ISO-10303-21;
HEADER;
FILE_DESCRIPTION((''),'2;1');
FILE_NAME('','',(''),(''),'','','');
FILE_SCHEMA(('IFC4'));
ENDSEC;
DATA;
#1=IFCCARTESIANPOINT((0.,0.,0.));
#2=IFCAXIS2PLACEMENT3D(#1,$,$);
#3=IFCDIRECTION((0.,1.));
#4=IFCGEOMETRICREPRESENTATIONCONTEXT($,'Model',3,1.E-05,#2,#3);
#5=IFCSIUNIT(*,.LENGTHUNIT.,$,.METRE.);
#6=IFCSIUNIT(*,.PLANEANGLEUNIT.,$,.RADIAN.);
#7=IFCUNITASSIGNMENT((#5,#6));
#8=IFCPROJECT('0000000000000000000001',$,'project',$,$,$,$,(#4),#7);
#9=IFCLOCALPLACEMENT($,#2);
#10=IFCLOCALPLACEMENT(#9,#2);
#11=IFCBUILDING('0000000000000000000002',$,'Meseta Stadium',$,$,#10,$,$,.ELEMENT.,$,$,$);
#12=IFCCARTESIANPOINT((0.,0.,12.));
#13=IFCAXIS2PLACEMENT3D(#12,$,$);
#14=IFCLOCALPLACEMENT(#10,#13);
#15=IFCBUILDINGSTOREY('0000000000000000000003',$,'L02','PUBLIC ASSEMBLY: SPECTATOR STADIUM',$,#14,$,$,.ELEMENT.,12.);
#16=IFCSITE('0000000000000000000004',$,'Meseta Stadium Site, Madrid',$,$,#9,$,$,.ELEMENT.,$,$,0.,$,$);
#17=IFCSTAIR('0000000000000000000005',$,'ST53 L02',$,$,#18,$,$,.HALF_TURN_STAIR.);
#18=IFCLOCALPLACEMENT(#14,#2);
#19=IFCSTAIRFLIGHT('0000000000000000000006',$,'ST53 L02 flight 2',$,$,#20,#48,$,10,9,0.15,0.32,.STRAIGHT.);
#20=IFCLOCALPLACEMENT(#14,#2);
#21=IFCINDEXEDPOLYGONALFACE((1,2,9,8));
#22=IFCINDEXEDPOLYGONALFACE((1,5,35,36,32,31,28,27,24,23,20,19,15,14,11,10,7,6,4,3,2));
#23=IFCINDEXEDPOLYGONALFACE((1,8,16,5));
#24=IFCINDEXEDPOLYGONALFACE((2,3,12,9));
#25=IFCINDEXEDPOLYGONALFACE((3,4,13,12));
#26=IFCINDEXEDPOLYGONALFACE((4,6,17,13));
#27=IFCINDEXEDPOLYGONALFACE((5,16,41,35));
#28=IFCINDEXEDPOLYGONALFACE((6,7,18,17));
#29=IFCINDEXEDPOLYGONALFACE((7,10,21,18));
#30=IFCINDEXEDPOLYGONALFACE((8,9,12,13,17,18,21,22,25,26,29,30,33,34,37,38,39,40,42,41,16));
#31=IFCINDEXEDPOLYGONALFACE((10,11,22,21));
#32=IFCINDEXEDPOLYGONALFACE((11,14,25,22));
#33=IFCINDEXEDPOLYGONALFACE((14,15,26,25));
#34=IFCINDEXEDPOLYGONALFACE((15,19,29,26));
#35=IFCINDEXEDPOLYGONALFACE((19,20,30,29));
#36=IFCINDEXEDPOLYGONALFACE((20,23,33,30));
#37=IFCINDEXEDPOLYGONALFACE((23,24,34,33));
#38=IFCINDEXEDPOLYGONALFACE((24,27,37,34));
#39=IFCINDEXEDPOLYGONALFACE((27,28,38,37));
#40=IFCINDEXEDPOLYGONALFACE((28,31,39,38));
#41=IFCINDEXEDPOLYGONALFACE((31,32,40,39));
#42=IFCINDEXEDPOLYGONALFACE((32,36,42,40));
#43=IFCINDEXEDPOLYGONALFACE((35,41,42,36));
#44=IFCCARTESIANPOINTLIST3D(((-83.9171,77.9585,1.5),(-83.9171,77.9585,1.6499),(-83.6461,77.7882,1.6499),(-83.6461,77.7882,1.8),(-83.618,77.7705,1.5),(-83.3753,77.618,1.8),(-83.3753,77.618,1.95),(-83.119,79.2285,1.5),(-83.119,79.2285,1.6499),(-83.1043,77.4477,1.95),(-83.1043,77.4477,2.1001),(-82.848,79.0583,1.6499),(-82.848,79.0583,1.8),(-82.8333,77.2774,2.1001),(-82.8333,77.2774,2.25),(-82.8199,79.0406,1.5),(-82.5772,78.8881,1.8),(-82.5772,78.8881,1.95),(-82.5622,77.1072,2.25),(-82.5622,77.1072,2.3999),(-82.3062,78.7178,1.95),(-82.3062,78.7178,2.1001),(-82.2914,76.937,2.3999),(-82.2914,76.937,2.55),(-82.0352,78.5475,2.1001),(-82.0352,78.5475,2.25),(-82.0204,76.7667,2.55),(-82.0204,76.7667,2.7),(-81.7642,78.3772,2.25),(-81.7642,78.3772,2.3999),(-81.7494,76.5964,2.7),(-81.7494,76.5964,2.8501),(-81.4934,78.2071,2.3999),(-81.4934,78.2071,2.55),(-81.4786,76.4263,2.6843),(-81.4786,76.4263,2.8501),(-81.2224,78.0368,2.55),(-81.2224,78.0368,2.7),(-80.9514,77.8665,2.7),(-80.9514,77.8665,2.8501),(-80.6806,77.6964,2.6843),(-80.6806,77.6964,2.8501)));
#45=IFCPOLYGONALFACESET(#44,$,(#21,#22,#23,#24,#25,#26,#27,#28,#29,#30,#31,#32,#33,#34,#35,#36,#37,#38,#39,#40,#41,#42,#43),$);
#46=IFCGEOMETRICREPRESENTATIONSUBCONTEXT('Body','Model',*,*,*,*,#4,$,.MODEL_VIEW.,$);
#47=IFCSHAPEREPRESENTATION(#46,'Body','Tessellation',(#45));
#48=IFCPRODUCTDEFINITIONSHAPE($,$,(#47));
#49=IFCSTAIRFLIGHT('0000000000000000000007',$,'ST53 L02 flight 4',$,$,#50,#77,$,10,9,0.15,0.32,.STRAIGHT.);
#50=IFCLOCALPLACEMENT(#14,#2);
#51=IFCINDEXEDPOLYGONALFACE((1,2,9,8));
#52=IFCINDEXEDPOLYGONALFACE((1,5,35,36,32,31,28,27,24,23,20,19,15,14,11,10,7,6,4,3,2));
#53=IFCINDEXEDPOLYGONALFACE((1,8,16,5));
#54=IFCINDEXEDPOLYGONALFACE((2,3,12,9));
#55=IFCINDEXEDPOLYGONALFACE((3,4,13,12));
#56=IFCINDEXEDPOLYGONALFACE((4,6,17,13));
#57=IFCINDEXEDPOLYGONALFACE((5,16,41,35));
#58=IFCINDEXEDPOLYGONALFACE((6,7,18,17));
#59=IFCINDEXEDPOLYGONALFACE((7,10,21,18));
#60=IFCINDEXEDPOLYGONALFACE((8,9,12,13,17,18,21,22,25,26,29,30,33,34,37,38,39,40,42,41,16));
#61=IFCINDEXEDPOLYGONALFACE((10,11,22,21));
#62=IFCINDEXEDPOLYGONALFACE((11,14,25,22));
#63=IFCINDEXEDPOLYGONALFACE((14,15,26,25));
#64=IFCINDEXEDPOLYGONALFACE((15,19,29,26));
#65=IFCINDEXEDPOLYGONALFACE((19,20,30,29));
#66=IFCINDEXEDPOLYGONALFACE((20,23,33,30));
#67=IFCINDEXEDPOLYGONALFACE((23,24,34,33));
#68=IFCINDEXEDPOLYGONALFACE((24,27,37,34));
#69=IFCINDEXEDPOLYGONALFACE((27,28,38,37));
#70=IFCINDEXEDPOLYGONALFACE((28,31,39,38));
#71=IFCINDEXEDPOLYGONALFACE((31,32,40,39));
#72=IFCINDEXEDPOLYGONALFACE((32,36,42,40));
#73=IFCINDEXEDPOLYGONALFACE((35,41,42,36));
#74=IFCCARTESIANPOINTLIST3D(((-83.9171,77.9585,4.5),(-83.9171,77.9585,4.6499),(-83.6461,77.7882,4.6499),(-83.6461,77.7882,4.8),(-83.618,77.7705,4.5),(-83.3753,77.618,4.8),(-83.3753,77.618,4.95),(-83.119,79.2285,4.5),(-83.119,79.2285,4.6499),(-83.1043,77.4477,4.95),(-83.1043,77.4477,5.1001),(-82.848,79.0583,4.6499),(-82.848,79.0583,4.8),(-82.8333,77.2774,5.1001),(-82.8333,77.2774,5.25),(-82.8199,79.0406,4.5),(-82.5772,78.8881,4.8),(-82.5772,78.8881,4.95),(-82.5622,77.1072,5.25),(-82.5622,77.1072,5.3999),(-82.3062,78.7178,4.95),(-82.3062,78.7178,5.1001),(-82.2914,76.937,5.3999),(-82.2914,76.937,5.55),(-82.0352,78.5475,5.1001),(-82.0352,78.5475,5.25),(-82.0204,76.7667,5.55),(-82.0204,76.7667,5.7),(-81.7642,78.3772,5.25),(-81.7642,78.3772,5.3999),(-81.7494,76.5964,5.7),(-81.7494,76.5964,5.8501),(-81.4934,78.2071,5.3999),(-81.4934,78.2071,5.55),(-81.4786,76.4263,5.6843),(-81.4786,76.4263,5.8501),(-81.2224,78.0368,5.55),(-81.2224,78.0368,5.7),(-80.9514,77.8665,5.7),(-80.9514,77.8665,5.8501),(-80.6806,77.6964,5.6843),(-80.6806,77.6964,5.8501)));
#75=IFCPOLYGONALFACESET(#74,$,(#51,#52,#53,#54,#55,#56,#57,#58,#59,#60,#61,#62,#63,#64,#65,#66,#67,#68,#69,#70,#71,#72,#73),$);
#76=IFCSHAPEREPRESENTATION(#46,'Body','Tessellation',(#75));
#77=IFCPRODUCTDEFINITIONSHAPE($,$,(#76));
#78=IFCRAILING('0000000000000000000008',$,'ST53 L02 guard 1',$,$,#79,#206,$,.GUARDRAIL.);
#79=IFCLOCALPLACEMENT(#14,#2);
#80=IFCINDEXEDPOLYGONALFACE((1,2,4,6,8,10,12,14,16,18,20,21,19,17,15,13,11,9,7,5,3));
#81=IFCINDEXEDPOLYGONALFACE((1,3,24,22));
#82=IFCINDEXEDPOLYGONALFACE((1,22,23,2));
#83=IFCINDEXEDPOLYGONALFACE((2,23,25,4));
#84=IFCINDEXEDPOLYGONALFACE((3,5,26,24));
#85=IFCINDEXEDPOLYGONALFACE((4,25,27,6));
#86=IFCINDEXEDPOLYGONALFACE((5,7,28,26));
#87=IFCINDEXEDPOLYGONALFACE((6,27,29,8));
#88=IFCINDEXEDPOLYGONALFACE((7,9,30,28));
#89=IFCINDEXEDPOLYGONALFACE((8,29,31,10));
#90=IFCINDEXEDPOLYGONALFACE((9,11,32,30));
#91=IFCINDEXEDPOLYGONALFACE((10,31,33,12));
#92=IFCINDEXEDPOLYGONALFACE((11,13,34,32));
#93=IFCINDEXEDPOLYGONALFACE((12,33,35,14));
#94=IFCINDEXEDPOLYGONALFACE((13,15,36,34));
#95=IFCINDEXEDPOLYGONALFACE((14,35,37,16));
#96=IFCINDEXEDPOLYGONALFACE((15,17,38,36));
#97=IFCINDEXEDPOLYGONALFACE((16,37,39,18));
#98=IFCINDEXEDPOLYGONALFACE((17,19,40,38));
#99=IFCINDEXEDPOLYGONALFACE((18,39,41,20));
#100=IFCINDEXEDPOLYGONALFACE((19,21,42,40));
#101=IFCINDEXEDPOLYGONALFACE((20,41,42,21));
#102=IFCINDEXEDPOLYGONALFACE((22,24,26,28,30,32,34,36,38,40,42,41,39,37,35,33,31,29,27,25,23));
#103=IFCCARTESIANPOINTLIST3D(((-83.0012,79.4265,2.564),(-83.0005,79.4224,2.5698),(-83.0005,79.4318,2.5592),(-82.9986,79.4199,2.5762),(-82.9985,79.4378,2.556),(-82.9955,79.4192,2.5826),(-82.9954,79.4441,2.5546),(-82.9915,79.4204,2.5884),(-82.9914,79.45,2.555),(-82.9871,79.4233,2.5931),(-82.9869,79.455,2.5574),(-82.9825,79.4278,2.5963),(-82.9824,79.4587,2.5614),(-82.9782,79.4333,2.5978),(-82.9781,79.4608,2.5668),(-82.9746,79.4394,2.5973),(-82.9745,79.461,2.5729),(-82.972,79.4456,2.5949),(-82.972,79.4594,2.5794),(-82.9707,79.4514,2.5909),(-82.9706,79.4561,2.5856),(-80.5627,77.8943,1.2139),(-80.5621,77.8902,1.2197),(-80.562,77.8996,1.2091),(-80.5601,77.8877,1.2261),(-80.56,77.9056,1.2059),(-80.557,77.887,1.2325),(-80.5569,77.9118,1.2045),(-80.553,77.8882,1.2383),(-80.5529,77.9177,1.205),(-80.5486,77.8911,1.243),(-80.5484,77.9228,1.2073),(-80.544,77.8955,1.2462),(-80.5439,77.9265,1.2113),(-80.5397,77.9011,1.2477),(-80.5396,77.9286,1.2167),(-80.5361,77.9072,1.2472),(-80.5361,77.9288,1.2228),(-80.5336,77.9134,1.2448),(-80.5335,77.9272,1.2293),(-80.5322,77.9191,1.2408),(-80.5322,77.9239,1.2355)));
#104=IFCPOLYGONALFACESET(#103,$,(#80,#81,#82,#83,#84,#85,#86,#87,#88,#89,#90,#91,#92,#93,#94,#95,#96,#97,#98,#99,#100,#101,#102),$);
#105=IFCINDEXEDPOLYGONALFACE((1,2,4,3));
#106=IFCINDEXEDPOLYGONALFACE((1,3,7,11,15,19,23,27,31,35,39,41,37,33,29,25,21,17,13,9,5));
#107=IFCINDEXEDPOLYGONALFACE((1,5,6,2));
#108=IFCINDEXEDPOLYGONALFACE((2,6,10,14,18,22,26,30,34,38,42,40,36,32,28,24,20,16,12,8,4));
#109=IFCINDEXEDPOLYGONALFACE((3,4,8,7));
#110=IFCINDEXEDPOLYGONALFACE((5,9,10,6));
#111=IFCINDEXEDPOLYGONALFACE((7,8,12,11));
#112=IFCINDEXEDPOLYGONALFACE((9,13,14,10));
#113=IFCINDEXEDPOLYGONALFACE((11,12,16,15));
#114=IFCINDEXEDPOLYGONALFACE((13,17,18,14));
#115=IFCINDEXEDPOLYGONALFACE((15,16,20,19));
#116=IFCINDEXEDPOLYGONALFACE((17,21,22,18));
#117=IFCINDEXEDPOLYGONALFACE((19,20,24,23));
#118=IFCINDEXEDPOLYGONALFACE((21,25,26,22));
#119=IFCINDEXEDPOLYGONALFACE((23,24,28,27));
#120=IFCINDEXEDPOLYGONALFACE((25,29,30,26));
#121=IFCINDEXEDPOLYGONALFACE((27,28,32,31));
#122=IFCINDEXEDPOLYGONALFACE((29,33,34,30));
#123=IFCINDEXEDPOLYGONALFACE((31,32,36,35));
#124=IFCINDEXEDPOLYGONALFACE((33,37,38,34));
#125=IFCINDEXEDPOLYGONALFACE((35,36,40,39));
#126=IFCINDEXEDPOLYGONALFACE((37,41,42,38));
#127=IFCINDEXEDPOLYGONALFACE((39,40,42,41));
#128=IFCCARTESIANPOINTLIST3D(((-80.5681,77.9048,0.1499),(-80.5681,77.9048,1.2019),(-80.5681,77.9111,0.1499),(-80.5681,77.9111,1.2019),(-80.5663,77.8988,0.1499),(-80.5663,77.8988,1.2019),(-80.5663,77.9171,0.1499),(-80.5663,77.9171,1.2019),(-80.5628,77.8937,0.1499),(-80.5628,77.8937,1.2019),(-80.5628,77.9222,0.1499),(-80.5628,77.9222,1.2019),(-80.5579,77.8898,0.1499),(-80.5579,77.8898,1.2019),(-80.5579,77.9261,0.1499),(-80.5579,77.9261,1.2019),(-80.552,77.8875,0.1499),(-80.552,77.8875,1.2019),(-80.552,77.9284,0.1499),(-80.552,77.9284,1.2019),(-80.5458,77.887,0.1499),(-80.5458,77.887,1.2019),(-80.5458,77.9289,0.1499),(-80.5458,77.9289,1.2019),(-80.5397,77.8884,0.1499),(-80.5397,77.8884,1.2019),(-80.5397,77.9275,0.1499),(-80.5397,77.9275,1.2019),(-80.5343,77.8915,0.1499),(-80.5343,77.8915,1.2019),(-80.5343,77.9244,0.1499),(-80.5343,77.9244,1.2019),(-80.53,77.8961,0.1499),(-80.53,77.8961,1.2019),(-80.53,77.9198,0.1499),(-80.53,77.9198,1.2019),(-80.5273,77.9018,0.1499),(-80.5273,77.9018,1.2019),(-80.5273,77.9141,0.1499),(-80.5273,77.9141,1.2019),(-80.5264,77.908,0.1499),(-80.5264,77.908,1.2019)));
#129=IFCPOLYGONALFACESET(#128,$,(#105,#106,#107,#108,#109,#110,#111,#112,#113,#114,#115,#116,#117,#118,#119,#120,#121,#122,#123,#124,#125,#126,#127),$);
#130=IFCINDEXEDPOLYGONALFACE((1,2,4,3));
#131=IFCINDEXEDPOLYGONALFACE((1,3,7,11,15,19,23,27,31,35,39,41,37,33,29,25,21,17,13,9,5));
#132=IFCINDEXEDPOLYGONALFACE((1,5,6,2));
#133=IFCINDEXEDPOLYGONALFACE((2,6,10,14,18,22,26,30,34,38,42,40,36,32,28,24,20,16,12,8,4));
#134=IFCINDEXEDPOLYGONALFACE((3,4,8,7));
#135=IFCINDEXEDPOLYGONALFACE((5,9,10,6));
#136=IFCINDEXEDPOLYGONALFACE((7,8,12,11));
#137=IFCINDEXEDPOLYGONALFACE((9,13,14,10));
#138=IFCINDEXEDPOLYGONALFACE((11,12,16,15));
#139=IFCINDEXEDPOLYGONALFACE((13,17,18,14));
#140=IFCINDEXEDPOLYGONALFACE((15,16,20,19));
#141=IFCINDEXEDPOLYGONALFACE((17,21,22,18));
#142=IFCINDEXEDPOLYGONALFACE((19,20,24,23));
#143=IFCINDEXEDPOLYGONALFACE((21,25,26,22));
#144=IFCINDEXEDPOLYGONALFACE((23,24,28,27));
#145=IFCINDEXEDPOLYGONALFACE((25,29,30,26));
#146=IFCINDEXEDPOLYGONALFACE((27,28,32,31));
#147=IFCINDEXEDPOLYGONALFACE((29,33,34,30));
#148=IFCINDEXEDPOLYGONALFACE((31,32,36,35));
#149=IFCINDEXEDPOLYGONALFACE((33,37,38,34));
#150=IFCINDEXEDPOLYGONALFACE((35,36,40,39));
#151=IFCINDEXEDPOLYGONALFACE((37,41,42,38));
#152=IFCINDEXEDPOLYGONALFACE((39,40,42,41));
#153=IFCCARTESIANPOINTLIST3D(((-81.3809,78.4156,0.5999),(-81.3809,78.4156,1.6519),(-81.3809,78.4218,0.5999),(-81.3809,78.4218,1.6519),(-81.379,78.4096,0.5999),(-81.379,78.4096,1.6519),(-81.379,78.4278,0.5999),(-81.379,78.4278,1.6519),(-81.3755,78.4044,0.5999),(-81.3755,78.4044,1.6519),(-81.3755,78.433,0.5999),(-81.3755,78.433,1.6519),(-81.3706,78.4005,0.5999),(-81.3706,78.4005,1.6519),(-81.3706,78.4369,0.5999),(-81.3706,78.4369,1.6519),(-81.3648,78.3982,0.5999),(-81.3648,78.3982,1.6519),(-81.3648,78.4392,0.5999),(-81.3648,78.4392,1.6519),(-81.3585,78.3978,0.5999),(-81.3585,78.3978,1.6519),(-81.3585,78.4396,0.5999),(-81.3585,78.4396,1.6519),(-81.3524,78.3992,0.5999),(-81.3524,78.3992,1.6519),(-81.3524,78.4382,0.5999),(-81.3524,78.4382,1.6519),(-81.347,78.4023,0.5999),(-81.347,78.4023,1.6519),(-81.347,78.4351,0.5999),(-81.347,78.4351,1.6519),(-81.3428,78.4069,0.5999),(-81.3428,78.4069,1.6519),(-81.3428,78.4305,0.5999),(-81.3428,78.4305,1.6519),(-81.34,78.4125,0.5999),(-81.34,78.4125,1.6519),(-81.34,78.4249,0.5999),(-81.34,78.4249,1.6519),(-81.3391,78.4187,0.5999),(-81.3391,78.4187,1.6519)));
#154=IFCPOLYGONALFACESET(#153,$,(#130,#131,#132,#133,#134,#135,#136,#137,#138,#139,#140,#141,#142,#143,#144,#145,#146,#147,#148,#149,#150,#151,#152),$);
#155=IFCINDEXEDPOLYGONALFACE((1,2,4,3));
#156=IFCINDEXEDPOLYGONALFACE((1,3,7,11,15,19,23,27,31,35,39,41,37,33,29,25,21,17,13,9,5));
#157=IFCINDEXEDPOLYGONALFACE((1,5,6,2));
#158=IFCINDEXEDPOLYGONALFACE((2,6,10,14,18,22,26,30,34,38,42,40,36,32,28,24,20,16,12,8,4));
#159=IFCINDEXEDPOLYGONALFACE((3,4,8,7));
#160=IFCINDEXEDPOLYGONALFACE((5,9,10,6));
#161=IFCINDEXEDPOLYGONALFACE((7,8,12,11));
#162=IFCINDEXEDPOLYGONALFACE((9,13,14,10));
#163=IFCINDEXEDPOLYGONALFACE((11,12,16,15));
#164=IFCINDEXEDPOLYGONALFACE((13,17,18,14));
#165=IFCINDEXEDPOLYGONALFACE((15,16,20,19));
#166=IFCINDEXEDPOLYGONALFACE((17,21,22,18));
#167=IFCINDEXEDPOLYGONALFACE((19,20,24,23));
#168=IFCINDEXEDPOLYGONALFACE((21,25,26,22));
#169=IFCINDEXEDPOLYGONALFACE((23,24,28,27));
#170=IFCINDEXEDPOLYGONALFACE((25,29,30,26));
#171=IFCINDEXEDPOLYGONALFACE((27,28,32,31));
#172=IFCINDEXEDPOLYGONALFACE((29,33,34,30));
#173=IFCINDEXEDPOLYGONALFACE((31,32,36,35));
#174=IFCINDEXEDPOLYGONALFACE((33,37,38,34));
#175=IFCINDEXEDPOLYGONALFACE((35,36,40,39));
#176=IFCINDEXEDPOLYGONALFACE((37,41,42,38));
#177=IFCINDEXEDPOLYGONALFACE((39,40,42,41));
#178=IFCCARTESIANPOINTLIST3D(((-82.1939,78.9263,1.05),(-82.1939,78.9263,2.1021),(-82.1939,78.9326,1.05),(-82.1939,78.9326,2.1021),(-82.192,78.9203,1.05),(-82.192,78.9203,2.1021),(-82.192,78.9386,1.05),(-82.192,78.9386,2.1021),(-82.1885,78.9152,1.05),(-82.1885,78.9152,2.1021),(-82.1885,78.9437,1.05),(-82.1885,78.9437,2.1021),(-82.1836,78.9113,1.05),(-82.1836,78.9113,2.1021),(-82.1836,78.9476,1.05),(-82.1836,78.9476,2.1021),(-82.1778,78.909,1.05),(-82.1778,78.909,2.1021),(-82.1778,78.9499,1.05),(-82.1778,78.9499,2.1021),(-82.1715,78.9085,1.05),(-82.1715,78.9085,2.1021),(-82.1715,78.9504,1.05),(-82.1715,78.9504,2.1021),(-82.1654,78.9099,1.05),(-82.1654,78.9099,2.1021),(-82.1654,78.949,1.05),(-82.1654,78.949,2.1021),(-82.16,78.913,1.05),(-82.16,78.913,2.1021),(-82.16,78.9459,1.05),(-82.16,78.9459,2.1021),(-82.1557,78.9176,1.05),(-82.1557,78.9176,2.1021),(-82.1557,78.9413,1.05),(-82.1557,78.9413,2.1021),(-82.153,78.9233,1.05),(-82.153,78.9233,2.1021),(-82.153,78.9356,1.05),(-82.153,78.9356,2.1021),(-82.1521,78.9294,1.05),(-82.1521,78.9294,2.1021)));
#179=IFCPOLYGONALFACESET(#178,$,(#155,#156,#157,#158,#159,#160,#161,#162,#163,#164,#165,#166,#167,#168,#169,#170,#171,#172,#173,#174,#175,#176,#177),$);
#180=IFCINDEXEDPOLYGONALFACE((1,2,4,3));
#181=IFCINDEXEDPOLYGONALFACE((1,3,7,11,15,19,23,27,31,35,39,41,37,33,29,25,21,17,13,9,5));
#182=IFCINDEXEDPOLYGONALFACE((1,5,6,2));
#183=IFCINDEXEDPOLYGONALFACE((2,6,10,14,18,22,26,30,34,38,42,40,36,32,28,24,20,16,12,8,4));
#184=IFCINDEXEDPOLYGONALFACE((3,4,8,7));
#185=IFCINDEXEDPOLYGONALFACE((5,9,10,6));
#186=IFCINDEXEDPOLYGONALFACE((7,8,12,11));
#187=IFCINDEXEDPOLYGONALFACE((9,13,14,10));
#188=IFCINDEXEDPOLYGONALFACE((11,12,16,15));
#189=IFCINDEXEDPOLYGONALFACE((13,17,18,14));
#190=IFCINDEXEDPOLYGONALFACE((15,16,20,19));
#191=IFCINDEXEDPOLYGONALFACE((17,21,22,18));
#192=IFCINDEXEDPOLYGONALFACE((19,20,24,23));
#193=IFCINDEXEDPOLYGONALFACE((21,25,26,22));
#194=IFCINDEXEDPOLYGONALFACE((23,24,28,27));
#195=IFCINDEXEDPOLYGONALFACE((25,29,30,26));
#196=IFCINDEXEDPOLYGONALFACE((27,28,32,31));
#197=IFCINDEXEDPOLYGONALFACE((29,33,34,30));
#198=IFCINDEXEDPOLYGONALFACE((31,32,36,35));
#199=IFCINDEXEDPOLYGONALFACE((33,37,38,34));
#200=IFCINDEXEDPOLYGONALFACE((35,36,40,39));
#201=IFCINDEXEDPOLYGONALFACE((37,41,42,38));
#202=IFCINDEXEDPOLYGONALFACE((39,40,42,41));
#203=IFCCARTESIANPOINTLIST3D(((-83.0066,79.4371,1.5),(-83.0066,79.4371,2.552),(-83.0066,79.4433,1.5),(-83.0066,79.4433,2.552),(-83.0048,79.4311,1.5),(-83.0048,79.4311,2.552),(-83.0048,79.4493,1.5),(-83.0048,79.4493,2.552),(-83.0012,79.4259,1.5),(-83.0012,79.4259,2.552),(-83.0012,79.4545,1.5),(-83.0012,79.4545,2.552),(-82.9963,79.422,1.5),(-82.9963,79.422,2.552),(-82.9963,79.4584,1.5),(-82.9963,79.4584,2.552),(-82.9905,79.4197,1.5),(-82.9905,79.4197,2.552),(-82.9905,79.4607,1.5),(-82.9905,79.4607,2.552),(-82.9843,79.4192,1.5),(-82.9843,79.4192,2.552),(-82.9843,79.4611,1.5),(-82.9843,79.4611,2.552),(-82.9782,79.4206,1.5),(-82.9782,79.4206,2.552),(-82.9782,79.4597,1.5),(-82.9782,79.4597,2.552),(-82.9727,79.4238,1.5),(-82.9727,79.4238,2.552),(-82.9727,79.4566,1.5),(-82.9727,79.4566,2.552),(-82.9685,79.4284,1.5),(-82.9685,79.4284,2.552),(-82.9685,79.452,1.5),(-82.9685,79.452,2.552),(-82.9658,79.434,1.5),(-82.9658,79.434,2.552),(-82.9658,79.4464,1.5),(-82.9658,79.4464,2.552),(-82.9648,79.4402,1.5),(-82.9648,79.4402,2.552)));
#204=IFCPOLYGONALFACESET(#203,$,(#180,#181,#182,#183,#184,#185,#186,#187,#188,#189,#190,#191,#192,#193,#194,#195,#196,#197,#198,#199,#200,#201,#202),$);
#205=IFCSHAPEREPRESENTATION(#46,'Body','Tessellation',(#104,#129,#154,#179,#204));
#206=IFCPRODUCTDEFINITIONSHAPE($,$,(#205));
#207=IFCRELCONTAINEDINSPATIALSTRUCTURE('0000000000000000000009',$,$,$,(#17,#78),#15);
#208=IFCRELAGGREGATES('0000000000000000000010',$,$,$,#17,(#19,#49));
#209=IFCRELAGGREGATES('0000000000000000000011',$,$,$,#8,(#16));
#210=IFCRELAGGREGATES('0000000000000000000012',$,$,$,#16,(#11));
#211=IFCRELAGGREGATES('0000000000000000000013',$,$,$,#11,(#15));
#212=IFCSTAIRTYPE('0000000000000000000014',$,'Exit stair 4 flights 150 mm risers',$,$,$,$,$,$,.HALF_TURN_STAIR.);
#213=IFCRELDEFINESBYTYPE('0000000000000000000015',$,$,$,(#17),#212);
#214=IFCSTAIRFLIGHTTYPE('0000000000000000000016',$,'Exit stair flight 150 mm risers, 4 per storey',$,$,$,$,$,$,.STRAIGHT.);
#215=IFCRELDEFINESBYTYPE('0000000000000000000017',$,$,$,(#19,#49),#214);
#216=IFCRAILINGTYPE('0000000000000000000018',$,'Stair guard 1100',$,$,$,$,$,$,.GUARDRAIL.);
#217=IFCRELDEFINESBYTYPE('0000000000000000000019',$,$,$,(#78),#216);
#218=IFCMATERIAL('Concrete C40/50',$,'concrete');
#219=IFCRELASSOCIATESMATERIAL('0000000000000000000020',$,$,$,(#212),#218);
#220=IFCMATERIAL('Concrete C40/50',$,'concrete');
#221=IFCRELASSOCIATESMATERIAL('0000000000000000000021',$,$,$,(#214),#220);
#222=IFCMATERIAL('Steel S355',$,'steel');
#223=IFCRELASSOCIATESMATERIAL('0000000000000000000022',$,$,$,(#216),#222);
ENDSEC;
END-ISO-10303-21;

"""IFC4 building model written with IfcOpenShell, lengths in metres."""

from ifc_helpers import new_model, si_unit, direction, frame, origin, origin_2d, place, context, subcontext, project, spatial, polyline, circle, outline, extrude, material, type_object, element, aggregate, save


model = new_model("IFC4")

# Units and contexts
model_context = context("Model", 3, precision=1e-05, world=origin(), true_north=direction((0.0, 1.0)))
body_context = subcontext(model_context, "Body", "Model", "MODEL_VIEW")
ifc_project = project(units=[si_unit("LENGTHUNIT", "METRE"), si_unit("PLANEANGLEUNIT", "RADIAN")], contexts=[model_context])

# Site, building, storey
site_placement = place(None, origin())
site = spatial("IfcSite", under=ifc_project, at=site_placement, Name="Meseta Stadium Site, Madrid", CompositionType="ELEMENT", RefElevation=0.0)
building_placement = place(site_placement, origin())
building = spatial("IfcBuilding", under=site, at=building_placement, Name="Meseta Stadium", CompositionType="ELEMENT")
storey_placement = place(building_placement, frame((0.0, 0.0, 12.0)))
storey = spatial("IfcBuildingStorey", under=building, at=storey_placement, Name="L02", Description="PUBLIC ASSEMBLY: SPECTATOR STADIUM", CompositionType="ELEMENT", Elevation=12.0)

# Stair, stair flights
ifc_material_1 = material(Name="Concrete C40/50", Category="concrete")
stair_type = type_object("IfcStairType", Name="Exit stair 4 flights 150 mm risers", PredefinedType="HALF_TURN_STAIR", material=ifc_material_1)
stair_placement = place(storey_placement, origin())
stair = element("IfcStair", 1, at=stair_placement, inside=storey, type_object=stair_type, Name="ST53 L02", PredefinedType="HALF_TURN_STAIR")
ifc_material_2 = material(Name="Concrete C40/50", Category="concrete")
stair_flight_type = type_object("IfcStairFlightType", Name="Exit stair flight 150 mm risers, 4 per storey", PredefinedType="STRAIGHT", material=ifc_material_2)
stair_flight_1_placement = place(storey_placement, frame((-83.5181, 78.5935, 1.5), z_axis=(0.0, 0.0, 1.0), x_axis=(0.846724, -0.532032, 0.0)))
stair_flight_1 = element("IfcStairFlight", 2, at=stair_flight_1_placement, type_object=stair_flight_type, Name="ST53 L02 flight 2", NumberOfRisers=10, NumberOfTreads=9, PredefinedType="STRAIGHT", RiserHeight=0.15, TreadLength=0.32, context=body_context, shape_type="SweptSolid", body=[
    extrude(outline(polyline([(0.0, 0.0), (0.0, 0.1499), (0.3201, 0.1499), (0.3201, 0.3), (0.6399, 0.3), (0.6399, 0.45), (0.96, 0.45), (0.96, 0.6001), (1.28, 0.6001), (1.28, 0.75), (1.6001, 0.75), (1.6001, 0.8999), (1.9199, 0.8999), (1.9199, 1.05), (2.24, 1.05), (2.24, 1.2), (2.5601, 1.2), (2.5601, 1.3501), (2.8799, 1.3501), (2.8799, 1.1843), (0.3533, 0.0), (0.0, 0.0)])), frame((0.0, 0.75, 0.0), z_axis=(0.0, -1.0, 0.0), x_axis=(1.0, 0.0, 0.0)), (0.0, 0.0, 1.0), 1.5),
])
stair_flight_2_placement = place(storey_placement, frame((-83.5181, 78.5935, 4.5), z_axis=(0.0, 0.0, 1.0), x_axis=(0.846724, -0.532032, 0.0)))
stair_flight_2 = element("IfcStairFlight", 3, at=stair_flight_2_placement, type_object=stair_flight_type, Name="ST53 L02 flight 4", NumberOfRisers=10, NumberOfTreads=9, PredefinedType="STRAIGHT", RiserHeight=0.15, TreadLength=0.32, context=body_context, shape_type="SweptSolid", body=[
    extrude(outline(polyline([(0.0, 0.0), (0.0, 0.1499), (0.3201, 0.1499), (0.3201, 0.3), (0.6399, 0.3), (0.6399, 0.45), (0.96, 0.45), (0.96, 0.6001), (1.28, 0.6001), (1.28, 0.75), (1.6001, 0.75), (1.6001, 0.8999), (1.9199, 0.8999), (1.9199, 1.05), (2.24, 1.05), (2.24, 1.2), (2.5601, 1.2), (2.5601, 1.3501), (2.8799, 1.3501), (2.8799, 1.1843), (0.3533, 0.0), (0.0, 0.0)])), frame((0.0, 0.75, 0.0), z_axis=(0.0, -1.0, 0.0), x_axis=(1.0, 0.0, 0.0)), (0.0, 0.0, 1.0), 1.5),
])
aggregate(stair, [stair_flight_1, stair_flight_2])

# Railing
ifc_material_3 = material(Name="Steel S355", Category="steel")
railing_type_1 = type_object("IfcRailingType", Name="Stair guard 1100", PredefinedType="GUARDRAIL", material=ifc_material_3)
railing_1_placement = place(storey_placement, frame((-80.5474, 77.908, 0.1499)))
element("IfcRailing", 4, at=railing_1_placement, inside=storey, type_object=railing_type_1, Name="ST53 L02 guard 1", PredefinedType="GUARDRAIL", context=body_context, shape_type="SweptSolid", body=[
    extrude(circle(Radius=0.0239, at=origin_2d()), frame((0.0, 0.0, 1.0762), z_axis=(-0.766655, 0.481731, 0.42447), x_axis=(-0.53204, -0.846719, 0.0)), (0.0, 0.0, 1.0), 3.1807),
    extrude(circle(Radius=0.021, at=origin_2d()), origin(), (0.0, 0.0, 1.0), 1.052),
    extrude(circle(Radius=0.021, at=origin_2d()), frame((-0.8127, 0.5107, 0.45)), (0.0, 0.0, 1.0), 1.052),
    extrude(circle(Radius=0.021, at=origin_2d()), frame((-1.6257, 1.0215, 0.9001)), (0.0, 0.0, 1.0), 1.052),
    extrude(circle(Radius=0.021, at=origin_2d()), frame((-2.4385, 1.5322, 1.3501)), (0.0, 0.0, 1.0), 1.052),
])

save(model, "model.ifc")
